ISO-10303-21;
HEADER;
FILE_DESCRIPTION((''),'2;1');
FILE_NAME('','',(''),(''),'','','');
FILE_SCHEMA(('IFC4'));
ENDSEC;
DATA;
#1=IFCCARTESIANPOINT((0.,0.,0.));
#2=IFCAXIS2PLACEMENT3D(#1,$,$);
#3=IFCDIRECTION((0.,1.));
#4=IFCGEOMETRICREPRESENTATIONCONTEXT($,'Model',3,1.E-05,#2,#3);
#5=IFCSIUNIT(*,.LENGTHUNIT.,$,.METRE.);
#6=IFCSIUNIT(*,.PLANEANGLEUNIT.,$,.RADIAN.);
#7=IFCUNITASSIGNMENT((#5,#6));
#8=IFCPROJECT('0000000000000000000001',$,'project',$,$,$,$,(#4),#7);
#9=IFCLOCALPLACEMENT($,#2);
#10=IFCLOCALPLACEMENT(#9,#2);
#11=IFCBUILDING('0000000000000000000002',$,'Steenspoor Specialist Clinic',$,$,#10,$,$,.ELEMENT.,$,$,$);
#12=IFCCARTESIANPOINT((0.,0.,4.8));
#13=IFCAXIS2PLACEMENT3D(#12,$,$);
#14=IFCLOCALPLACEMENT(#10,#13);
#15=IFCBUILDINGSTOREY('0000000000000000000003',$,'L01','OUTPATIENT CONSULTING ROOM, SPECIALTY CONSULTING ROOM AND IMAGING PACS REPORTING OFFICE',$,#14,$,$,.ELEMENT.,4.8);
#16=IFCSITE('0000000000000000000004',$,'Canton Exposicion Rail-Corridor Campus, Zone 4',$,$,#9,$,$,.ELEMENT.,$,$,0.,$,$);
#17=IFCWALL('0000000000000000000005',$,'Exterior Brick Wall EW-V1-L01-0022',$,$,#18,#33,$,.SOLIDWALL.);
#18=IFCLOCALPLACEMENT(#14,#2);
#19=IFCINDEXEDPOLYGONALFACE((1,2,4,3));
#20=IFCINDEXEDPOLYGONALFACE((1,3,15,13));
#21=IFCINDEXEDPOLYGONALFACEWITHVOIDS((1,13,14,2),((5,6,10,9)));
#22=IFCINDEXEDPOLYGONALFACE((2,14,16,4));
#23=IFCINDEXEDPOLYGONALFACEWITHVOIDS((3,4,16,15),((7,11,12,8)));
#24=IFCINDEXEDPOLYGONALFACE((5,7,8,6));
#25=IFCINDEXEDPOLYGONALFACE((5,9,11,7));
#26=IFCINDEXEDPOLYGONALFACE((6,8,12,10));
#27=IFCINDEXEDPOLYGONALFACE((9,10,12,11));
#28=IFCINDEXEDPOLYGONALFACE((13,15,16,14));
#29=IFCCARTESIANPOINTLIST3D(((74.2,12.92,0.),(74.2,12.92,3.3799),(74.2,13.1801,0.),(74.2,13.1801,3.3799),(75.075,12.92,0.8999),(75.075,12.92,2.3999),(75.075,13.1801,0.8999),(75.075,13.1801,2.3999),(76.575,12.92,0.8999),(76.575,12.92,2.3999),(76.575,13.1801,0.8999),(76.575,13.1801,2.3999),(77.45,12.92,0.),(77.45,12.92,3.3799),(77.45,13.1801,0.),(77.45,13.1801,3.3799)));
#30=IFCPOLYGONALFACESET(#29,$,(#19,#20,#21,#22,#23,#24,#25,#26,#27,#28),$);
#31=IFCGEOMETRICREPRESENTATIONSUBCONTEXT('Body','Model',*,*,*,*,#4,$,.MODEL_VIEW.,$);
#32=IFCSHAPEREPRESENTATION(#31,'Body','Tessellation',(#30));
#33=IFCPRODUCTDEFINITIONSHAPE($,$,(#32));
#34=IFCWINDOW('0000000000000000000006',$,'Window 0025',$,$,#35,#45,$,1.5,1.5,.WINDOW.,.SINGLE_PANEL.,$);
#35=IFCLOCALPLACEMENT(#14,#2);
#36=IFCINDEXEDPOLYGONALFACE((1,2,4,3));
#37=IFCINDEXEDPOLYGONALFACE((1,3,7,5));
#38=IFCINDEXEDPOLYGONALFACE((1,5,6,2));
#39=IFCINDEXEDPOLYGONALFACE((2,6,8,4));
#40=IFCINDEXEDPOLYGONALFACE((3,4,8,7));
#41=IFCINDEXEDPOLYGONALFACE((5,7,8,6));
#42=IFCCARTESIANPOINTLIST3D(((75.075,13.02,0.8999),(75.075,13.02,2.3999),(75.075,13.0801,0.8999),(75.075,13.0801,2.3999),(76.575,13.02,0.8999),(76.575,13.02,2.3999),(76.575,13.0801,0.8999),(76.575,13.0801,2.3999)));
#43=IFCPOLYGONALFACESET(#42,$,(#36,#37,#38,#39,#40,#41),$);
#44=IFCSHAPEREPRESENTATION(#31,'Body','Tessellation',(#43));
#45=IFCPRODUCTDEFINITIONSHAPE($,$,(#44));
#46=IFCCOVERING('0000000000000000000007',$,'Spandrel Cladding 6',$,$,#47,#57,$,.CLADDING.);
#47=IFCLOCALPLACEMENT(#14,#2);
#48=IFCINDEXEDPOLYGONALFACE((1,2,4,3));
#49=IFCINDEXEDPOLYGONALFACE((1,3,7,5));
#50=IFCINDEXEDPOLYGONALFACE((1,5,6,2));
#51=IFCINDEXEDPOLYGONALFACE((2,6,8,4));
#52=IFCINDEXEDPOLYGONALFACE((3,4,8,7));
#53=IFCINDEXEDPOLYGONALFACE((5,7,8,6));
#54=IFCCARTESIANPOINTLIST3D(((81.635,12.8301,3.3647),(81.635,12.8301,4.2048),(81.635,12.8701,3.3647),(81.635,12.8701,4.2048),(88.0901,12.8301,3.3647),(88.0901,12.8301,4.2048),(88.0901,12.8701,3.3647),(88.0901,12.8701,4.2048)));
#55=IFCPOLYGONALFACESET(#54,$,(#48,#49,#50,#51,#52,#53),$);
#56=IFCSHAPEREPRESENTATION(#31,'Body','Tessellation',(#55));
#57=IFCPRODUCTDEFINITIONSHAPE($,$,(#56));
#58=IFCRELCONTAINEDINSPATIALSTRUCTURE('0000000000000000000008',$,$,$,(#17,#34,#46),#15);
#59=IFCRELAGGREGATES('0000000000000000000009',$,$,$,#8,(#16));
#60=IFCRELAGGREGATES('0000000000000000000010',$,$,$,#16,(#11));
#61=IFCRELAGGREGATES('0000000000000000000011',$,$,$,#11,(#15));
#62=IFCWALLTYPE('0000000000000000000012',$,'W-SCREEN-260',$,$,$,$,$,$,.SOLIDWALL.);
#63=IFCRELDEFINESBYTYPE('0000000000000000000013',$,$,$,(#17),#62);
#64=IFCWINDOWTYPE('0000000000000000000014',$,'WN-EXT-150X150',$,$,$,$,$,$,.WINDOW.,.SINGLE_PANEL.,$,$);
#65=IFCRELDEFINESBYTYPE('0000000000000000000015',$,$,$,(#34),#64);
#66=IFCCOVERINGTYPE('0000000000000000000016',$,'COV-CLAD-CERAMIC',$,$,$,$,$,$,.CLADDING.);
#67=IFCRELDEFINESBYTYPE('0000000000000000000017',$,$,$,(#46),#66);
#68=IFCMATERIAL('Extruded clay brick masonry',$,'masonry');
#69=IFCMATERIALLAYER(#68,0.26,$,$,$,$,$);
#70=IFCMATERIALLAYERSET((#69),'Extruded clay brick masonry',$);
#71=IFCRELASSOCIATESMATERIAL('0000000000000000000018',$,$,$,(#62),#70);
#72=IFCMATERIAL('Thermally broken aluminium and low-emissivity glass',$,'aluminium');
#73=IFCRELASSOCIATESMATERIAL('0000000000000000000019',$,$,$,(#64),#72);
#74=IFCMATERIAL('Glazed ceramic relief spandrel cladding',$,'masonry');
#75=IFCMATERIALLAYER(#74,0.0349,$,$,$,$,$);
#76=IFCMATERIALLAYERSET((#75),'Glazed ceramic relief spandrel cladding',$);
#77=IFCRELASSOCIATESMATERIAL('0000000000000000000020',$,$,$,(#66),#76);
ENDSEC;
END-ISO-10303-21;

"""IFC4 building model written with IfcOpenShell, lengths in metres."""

from ifc_helpers import new_model, si_unit, direction, frame, frame_2d, origin, origin_2d, place, context, subcontext, project, spatial, rectangle, extrude, material, layer, layer_set, type_object, element, fill, save


model = new_model("IFC4")

# Units and contexts
model_context = context("Model", 3, precision=1e-05, world=origin(), true_north=direction((0.0, 1.0)))
body_context = subcontext(model_context, "Body", "Model", "MODEL_VIEW")
ifc_project = project(units=[si_unit("LENGTHUNIT", "METRE"), si_unit("PLANEANGLEUNIT", "RADIAN")], contexts=[model_context])

# Site, building, storey
site_placement = place(None, origin())
site = spatial("IfcSite", under=ifc_project, at=site_placement, Name="Canton Exposicion Rail-Corridor Campus, Zone 4", CompositionType="ELEMENT", RefElevation=0.0)
building_placement = place(site_placement, origin())
building = spatial("IfcBuilding", under=site, at=building_placement, Name="Steenspoor Specialist Clinic", CompositionType="ELEMENT")
storey_placement = place(building_placement, frame((0.0, 0.0, 4.8)))
storey = spatial("IfcBuildingStorey", under=building, at=storey_placement, Name="L01", Description="OUTPATIENT CONSULTING ROOM, SPECIALTY CONSULTING ROOM AND IMAGING PACS REPORTING OFFICE", CompositionType="ELEMENT", Elevation=4.8)

# Shared definitions
ifc_material_1 = material(Name="Thermally broken aluminium and low-emissivity glass", Category="aluminium")

# Wall, opening, window
ifc_material_2 = material(Name="Extruded clay brick masonry", Category="masonry")
ifc_layer_1 = layer(ifc_material_2, 0.26)
ifc_layer_set_1 = layer_set([ifc_layer_1], Name="Extruded clay brick masonry")
wall_type = type_object("IfcWallType", Name="W-SCREEN-260", PredefinedType="SOLIDWALL", material=ifc_layer_set_1)
wall_placement = place(storey_placement, frame((77.45, 13.05, 0.0), z_axis=(0.0, 0.0, 1.0), x_axis=(-1.0, 0.0, 0.0)))
wall = element("IfcWall", 1, at=wall_placement, inside=storey, type_object=wall_type, Name="Exterior Brick Wall EW-V1-L01-0022", PredefinedType="SOLIDWALL", context=body_context, shape_type="SweptSolid", body=[
    extrude(rectangle(XDim=3.25, YDim=0.26, at=frame_2d((1.625, 0.0))), origin(), (0.0, 0.0, 1.0), 3.3799),
])
opening_placement = place(wall_placement, frame((0.875, 0.0, 0.8999)))
opening = element("IfcOpeningElement", 2, at=opening_placement, cuts=wall, PredefinedType="OPENING", context=body_context, shape_type="SweptSolid", body=[
    extrude(rectangle(XDim=1.5, YDim=1.5, at=frame_2d((0.75, 0.75))), frame((0.0, 0.1401, 0.0), z_axis=(0.0, -1.0, 0.0), x_axis=(1.0, 0.0, 0.0)), (0.0, 0.0, 1.0), 0.28),
])
window_type = type_object("IfcWindowType", Name="WN-EXT-150X150", PartitioningType="SINGLE_PANEL", PredefinedType="WINDOW", material=ifc_material_1)
window_placement = place(opening_placement, origin())
window = element("IfcWindow", 3, at=window_placement, inside=storey, type_object=window_type, Name="Window 0025", OverallHeight=1.5, OverallWidth=1.5, PartitioningType="SINGLE_PANEL", PredefinedType="WINDOW", context=body_context, shape_type="SweptSolid", body=[
    extrude(rectangle(XDim=1.5, YDim=1.5, at=frame_2d((0.75, 0.75))), frame((0.0, 0.03, 0.0), z_axis=(0.0, -1.0, 0.0), x_axis=(1.0, 0.0, 0.0)), (0.0, 0.0, 1.0), 0.0601),
])
fill(opening, window)

# Covering
ifc_material_3 = material(Name="Glazed ceramic relief spandrel cladding", Category="masonry")
ifc_layer_2 = layer(ifc_material_3, 0.0349)
ifc_layer_set_2 = layer_set([ifc_layer_2], Name="Glazed ceramic relief spandrel cladding")
covering_type = type_object("IfcCoveringType", Name="COV-CLAD-CERAMIC", PredefinedType="CLADDING", material=ifc_layer_set_2)
covering_placement = place(storey_placement, frame((84.8625, 12.8501, 3.3647), z_axis=(0.0, 0.0, 1.0), x_axis=(-1.0, 0.0, 0.0)))
element("IfcCovering", 4, at=covering_placement, inside=storey, type_object=covering_type, Name="Spandrel Cladding 6", PredefinedType="CLADDING", context=body_context, shape_type="SweptSolid", body=[
    extrude(rectangle(XDim=6.4551, YDim=0.04, at=origin_2d()), origin(), (0.0, 0.0, 1.0), 0.8401),
])

save(model, "model.ifc")
